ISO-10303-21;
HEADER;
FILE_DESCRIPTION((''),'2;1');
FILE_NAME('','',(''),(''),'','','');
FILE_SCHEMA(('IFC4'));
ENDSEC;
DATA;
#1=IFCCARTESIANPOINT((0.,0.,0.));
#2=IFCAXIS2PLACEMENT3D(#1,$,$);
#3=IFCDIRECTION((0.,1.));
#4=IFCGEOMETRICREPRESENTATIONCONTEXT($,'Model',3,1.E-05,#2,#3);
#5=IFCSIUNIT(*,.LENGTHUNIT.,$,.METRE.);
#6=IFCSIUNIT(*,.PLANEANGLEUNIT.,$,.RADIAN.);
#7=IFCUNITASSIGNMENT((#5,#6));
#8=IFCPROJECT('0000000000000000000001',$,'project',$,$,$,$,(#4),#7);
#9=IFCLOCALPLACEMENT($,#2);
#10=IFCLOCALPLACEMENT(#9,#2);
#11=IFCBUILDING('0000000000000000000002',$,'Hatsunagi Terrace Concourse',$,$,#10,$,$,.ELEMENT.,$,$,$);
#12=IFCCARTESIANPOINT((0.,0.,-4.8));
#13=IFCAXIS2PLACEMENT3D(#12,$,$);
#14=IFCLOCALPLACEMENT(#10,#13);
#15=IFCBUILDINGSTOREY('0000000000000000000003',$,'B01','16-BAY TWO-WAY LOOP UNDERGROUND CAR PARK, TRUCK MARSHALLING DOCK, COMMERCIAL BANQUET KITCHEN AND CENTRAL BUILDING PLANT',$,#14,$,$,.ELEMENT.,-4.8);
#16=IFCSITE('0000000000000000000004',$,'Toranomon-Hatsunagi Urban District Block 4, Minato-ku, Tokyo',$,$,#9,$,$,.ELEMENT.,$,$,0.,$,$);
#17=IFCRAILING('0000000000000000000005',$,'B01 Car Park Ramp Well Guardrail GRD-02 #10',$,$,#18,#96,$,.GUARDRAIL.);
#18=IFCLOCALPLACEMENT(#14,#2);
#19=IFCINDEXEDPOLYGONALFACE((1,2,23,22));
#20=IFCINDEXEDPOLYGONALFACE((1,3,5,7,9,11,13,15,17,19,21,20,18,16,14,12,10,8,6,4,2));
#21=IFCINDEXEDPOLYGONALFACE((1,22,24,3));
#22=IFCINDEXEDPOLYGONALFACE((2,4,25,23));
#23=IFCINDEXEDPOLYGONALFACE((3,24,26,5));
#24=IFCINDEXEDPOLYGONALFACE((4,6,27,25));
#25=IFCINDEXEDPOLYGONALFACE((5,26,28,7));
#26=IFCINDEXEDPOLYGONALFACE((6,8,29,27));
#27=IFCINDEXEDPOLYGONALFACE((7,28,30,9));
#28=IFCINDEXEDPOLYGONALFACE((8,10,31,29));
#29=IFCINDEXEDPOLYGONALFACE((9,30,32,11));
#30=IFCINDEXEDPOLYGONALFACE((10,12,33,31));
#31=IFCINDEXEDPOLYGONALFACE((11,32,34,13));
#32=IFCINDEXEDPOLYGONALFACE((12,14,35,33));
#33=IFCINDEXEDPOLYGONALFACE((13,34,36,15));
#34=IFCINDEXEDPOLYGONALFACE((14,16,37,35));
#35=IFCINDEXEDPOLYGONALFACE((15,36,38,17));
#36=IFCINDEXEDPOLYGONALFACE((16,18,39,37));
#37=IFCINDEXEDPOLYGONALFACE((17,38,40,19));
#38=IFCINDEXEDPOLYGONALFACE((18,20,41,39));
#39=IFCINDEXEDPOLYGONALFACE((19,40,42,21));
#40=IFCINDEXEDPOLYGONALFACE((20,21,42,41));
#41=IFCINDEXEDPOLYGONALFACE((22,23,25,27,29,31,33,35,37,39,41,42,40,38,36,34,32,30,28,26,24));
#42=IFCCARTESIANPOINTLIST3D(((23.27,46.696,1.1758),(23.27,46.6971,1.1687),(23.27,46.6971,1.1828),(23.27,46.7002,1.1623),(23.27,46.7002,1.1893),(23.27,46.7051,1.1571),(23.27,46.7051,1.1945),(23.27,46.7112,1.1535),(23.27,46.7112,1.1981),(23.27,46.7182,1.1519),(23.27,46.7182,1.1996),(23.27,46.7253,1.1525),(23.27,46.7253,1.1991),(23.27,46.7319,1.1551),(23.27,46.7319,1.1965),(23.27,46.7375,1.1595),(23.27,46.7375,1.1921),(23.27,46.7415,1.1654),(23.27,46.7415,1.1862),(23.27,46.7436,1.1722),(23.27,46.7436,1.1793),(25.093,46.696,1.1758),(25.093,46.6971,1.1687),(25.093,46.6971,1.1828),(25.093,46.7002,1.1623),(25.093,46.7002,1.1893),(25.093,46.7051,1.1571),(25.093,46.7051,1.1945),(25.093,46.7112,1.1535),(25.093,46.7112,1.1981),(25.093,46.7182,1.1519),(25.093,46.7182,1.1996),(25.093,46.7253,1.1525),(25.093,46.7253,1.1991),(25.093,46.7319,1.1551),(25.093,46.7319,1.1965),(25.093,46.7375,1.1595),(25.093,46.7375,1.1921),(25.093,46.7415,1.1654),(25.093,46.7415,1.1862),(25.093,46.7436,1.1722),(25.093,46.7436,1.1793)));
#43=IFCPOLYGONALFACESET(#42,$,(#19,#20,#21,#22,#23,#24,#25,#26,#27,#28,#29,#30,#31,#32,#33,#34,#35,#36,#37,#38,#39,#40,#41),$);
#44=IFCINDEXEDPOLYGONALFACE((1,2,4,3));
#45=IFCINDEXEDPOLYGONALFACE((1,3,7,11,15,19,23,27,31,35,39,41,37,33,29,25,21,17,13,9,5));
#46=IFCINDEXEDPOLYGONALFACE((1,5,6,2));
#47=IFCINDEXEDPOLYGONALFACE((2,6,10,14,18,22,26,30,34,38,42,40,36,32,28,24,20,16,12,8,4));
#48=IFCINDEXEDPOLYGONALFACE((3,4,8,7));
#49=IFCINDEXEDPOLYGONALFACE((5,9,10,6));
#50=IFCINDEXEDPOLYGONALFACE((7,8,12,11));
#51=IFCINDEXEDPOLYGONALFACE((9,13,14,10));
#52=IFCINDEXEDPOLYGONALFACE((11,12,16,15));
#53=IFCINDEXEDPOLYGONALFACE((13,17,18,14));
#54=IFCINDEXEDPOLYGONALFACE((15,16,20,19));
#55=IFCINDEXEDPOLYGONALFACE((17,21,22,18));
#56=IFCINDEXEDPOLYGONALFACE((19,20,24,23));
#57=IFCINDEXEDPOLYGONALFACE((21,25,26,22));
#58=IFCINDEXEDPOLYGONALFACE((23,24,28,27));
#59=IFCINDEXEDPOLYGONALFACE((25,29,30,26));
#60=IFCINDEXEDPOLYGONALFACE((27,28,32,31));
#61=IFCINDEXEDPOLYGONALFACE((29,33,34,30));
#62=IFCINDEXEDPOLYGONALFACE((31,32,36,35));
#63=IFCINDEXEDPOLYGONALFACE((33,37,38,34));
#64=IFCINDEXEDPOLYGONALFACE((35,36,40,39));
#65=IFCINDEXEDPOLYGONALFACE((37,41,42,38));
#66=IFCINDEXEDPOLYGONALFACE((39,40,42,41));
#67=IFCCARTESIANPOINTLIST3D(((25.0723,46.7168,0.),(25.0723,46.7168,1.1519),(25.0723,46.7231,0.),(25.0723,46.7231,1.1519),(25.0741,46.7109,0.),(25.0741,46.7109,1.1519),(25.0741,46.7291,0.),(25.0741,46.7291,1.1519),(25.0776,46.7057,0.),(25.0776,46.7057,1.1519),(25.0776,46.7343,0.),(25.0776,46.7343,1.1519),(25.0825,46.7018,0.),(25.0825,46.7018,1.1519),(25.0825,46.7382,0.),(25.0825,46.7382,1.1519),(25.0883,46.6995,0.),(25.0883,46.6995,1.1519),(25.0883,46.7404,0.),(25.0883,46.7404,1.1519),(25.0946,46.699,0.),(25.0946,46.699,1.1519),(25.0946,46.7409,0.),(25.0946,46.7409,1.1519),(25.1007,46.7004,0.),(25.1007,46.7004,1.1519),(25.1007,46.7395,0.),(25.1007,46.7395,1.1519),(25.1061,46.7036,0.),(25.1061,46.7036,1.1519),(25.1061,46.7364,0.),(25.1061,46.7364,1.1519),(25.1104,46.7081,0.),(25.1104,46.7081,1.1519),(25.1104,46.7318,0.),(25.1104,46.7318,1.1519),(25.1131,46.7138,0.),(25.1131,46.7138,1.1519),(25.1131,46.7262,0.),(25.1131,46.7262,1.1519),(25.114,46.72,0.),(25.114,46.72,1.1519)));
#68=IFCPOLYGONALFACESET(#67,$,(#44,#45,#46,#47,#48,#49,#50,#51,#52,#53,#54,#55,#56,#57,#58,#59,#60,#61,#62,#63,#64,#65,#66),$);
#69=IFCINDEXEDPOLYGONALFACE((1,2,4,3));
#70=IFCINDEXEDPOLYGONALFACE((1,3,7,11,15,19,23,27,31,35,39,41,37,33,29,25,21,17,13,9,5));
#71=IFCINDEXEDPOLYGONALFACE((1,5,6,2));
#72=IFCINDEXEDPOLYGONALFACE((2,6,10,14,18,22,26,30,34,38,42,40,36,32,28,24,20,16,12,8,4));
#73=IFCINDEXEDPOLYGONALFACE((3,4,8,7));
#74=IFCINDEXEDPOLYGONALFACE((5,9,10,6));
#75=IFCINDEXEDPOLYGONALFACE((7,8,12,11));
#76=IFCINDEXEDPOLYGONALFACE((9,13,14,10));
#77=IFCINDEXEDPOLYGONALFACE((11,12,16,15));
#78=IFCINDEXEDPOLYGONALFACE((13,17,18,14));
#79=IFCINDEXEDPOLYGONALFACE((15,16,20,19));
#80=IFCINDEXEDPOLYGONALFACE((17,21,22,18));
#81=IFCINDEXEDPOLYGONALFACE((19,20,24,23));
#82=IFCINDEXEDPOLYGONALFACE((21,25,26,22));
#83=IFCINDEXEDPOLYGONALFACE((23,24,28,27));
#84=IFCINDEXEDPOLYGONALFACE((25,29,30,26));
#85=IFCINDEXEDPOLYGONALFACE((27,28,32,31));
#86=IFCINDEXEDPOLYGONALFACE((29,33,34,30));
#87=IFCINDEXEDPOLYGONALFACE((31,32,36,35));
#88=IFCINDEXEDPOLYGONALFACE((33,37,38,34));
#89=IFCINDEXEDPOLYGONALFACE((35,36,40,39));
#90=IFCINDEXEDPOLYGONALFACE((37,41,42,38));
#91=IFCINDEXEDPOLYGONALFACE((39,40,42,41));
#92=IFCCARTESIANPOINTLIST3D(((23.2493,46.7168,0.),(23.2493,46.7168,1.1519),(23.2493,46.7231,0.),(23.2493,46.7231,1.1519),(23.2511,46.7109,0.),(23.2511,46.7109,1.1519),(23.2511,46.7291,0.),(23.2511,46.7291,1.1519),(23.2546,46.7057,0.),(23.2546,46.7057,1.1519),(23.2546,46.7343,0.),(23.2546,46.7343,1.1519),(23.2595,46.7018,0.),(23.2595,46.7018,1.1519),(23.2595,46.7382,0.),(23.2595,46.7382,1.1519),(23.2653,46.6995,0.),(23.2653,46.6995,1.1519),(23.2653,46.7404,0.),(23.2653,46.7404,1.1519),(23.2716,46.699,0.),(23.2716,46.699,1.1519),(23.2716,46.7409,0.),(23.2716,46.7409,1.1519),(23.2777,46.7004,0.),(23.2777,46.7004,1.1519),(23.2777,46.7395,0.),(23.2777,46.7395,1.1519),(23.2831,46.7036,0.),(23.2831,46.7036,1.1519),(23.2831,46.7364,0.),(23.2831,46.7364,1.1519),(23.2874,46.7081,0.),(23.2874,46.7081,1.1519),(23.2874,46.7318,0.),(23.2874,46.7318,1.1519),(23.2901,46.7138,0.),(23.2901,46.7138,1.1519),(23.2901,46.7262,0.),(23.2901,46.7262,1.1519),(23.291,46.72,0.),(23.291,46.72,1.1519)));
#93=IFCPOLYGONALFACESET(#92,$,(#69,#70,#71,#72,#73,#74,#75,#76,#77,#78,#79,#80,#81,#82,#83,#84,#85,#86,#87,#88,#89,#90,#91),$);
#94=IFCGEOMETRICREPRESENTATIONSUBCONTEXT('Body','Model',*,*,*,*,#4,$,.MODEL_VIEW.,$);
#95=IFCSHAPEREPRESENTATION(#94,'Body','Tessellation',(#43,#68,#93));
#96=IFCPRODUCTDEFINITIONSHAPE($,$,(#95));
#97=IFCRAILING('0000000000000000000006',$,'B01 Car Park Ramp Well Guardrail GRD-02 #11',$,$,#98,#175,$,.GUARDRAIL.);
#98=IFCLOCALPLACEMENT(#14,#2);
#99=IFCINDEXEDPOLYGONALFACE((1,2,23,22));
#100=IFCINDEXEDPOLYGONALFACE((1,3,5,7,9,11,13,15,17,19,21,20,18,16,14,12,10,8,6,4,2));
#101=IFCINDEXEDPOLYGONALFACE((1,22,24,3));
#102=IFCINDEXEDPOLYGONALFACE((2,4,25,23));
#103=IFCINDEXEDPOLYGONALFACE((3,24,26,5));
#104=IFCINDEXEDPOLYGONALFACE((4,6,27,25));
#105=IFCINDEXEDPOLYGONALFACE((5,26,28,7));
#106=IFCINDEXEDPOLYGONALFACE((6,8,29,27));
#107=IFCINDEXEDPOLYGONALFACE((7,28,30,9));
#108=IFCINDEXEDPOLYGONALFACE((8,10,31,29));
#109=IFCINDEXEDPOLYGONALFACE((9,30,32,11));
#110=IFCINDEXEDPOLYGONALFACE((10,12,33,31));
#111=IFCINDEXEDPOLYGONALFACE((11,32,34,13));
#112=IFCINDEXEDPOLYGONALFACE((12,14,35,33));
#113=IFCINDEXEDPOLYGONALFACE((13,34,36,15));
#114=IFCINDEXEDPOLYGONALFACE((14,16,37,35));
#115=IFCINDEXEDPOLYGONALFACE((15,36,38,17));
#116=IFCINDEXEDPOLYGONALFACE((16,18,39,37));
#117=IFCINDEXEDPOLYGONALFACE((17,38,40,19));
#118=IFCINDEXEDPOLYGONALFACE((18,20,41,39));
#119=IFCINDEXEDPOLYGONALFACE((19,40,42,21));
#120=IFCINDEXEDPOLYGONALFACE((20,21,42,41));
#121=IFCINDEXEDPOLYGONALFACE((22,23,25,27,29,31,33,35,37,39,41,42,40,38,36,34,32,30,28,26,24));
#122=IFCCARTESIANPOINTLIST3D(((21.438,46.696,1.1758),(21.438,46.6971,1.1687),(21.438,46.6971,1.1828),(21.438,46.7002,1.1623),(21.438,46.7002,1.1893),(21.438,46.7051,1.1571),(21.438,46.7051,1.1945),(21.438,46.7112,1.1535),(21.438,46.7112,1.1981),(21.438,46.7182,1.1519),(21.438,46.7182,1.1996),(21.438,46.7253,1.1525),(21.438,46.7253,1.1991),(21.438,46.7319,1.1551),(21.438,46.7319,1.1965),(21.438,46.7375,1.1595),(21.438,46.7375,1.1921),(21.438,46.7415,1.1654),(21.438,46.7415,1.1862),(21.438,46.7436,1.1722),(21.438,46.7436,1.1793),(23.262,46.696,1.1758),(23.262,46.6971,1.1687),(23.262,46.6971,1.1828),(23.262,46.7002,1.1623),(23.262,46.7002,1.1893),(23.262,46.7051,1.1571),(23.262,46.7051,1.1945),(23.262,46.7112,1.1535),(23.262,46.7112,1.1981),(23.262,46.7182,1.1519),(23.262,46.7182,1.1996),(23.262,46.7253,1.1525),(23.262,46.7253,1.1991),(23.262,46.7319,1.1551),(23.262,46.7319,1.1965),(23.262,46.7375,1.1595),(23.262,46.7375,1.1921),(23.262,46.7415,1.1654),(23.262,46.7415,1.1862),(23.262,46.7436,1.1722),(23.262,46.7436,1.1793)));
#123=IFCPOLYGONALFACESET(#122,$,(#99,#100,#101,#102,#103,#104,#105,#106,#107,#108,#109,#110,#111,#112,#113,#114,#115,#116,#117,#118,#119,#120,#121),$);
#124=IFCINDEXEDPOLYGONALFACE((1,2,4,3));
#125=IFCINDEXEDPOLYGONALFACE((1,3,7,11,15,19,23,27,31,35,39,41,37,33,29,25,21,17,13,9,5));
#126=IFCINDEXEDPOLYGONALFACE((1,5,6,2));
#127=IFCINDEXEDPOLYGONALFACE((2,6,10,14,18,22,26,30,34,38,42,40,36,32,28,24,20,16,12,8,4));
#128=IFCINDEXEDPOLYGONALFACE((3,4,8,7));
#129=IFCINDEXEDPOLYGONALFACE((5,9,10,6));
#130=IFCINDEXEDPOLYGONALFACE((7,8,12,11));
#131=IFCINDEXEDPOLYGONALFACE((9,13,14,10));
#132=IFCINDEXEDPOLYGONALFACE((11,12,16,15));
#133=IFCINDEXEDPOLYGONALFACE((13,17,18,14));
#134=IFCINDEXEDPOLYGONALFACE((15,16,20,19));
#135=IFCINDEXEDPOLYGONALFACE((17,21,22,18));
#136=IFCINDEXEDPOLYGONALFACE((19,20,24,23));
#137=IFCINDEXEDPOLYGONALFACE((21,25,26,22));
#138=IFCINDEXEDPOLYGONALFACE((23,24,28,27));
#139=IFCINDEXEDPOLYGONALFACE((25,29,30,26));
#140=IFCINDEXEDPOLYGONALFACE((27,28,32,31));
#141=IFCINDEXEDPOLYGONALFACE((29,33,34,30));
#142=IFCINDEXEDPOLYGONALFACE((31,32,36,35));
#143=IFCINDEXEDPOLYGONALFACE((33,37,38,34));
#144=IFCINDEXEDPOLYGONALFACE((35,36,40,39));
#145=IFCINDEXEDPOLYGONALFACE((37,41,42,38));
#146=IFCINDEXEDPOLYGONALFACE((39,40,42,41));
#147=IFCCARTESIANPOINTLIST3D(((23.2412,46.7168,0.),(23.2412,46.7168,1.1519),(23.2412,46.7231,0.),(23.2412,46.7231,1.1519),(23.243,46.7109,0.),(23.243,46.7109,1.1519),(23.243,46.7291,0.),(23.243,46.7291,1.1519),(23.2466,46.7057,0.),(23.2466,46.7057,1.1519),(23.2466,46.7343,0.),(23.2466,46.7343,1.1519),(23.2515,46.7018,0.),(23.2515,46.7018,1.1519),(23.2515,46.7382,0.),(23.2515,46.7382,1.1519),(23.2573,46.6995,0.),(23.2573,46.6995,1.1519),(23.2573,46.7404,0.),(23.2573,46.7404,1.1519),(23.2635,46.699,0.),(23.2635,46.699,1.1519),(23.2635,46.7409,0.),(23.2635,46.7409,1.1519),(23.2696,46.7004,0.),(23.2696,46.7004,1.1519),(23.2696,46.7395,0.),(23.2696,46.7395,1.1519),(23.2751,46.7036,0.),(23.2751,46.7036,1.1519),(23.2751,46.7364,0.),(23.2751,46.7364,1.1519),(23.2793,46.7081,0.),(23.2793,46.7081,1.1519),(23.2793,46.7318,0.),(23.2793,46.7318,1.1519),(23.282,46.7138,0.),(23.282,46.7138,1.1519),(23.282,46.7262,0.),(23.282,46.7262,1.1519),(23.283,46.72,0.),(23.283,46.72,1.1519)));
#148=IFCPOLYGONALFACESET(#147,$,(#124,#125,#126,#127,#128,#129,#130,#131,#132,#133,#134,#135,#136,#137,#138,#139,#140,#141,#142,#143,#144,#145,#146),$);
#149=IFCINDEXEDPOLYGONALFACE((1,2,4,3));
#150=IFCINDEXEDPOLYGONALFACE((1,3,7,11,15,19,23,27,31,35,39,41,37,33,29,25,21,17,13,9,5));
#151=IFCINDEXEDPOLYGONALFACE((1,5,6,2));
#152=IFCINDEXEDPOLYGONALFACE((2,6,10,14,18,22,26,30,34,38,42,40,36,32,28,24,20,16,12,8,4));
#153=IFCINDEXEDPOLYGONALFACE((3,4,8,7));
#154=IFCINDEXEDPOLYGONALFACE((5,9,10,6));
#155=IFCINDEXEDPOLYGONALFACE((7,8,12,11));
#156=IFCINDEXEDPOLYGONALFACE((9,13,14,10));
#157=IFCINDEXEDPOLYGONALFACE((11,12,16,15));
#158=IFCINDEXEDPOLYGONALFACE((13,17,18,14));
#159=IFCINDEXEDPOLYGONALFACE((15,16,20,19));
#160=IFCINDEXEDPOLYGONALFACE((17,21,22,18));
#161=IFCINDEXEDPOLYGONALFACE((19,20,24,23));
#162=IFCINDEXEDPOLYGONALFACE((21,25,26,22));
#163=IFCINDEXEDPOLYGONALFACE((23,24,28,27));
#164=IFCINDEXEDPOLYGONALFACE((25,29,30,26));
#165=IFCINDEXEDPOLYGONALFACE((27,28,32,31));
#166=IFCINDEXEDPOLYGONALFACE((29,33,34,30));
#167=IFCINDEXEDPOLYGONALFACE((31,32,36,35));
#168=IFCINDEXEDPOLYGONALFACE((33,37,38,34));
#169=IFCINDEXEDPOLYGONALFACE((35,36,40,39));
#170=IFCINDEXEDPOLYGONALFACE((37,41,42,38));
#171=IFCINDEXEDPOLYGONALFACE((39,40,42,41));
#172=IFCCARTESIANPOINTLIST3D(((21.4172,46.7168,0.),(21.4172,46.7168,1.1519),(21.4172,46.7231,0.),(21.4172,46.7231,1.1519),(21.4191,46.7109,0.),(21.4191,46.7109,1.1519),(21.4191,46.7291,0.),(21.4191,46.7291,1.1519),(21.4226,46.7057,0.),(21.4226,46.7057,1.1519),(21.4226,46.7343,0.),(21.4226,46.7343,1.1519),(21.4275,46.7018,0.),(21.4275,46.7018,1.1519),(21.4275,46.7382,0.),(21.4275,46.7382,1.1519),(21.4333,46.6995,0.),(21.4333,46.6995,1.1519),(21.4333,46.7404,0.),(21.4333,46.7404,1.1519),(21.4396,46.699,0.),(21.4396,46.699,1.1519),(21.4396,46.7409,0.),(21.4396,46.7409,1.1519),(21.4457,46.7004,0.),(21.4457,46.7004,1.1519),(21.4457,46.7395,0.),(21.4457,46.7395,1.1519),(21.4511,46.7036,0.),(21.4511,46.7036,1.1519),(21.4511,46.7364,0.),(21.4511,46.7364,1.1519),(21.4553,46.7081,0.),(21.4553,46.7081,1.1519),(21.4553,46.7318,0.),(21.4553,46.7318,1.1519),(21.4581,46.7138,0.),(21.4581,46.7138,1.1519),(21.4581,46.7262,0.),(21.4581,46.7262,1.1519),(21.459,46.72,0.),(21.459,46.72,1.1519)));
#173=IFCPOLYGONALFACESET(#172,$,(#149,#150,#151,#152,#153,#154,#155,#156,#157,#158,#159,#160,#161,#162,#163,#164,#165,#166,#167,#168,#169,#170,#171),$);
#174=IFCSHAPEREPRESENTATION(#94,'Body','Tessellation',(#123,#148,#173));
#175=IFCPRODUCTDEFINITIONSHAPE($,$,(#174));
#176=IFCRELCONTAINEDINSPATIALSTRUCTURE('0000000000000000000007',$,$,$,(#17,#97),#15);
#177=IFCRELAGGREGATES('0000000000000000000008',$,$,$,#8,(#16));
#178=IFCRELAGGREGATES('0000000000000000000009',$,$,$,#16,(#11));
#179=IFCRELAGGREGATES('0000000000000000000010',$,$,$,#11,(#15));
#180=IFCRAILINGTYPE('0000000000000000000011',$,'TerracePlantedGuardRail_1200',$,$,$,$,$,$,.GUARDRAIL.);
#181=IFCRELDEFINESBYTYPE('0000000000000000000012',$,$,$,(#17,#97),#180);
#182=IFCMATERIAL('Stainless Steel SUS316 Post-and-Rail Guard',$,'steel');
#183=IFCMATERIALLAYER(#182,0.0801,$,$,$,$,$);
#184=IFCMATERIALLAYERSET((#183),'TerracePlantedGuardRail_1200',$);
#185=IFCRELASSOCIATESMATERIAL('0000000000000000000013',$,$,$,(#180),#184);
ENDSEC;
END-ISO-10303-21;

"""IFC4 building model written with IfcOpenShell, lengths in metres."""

from ifc_helpers import new_model, si_unit, direction, frame, origin, origin_2d, place, context, subcontext, project, spatial, circle, extrude, material, layer, layer_set, type_object, element, save


model = new_model("IFC4")

# Units and contexts
model_context = context("Model", 3, precision=1e-05, world=origin(), true_north=direction((0.0, 1.0)))
body_context = subcontext(model_context, "Body", "Model", "MODEL_VIEW")
ifc_project = project(units=[si_unit("LENGTHUNIT", "METRE"), si_unit("PLANEANGLEUNIT", "RADIAN")], contexts=[model_context])

# Site, building, storey
site_placement = place(None, origin())
site = spatial("IfcSite", under=ifc_project, at=site_placement, Name="Toranomon-Hatsunagi Urban District Block 4, Minato-ku, Tokyo", CompositionType="ELEMENT", RefElevation=0.0)
building_placement = place(site_placement, origin())
building = spatial("IfcBuilding", under=site, at=building_placement, Name="Hatsunagi Terrace Concourse", CompositionType="ELEMENT")
storey_placement = place(building_placement, frame((0.0, 0.0, -4.8)))
storey = spatial("IfcBuildingStorey", under=building, at=storey_placement, Name="B01", Description="16-BAY TWO-WAY LOOP UNDERGROUND CAR PARK, TRUCK MARSHALLING DOCK, COMMERCIAL BANQUET KITCHEN AND CENTRAL BUILDING PLANT", CompositionType="ELEMENT", Elevation=-4.8)

# Railings
ifc_material_1 = material(Name="Stainless Steel SUS316 Post-and-Rail Guard", Category="steel")
ifc_layer_1 = layer(ifc_material_1, 0.0801)
ifc_layer_set_1 = layer_set([ifc_layer_1], Name="TerracePlantedGuardRail_1200")
railing_type = type_object("IfcRailingType", Name="TerracePlantedGuardRail_1200", PredefinedType="GUARDRAIL", material=ifc_layer_set_1)
railing_1_placement = place(storey_placement, frame((25.093, 46.72, 0.0)))
element("IfcRailing", 1, at=railing_1_placement, inside=storey, type_object=railing_type, Name="B01 Car Park Ramp Well Guardrail GRD-02 #10", PredefinedType="GUARDRAIL", context=body_context, shape_type="SweptSolid", body=[
    extrude(circle(Radius=0.0239, at=origin_2d()), frame((0.0, 0.0, 1.1758), z_axis=(-1.0, 0.0, 0.0), x_axis=(0.0, -1.0, 0.0)), (0.0, 0.0, 1.0), 1.823),
    extrude(circle(Radius=0.021, at=origin_2d()), origin(), (0.0, 0.0, 1.0), 1.1519),
    extrude(circle(Radius=0.021, at=origin_2d()), frame((-1.823, 0.0, 0.0)), (0.0, 0.0, 1.0), 1.1519),
])
railing_2_placement = place(storey_placement, frame((23.262, 46.72, 0.0)))
element("IfcRailing", 2, at=railing_2_placement, inside=storey, type_object=railing_type, Name="B01 Car Park Ramp Well Guardrail GRD-02 #11", PredefinedType="GUARDRAIL", context=body_context, shape_type="SweptSolid", body=[
    extrude(circle(Radius=0.0239, at=origin_2d()), frame((0.0, 0.0, 1.1758), z_axis=(-1.0, 0.0, 0.0), x_axis=(0.0, -1.0, 0.0)), (0.0, 0.0, 1.0), 1.824),
    extrude(circle(Radius=0.021, at=origin_2d()), origin(), (0.0, 0.0, 1.0), 1.1519),
    extrude(circle(Radius=0.021, at=origin_2d()), frame((-1.824, 0.0, 0.0)), (0.0, 0.0, 1.0), 1.1519),
])

save(model, "model.ifc")
